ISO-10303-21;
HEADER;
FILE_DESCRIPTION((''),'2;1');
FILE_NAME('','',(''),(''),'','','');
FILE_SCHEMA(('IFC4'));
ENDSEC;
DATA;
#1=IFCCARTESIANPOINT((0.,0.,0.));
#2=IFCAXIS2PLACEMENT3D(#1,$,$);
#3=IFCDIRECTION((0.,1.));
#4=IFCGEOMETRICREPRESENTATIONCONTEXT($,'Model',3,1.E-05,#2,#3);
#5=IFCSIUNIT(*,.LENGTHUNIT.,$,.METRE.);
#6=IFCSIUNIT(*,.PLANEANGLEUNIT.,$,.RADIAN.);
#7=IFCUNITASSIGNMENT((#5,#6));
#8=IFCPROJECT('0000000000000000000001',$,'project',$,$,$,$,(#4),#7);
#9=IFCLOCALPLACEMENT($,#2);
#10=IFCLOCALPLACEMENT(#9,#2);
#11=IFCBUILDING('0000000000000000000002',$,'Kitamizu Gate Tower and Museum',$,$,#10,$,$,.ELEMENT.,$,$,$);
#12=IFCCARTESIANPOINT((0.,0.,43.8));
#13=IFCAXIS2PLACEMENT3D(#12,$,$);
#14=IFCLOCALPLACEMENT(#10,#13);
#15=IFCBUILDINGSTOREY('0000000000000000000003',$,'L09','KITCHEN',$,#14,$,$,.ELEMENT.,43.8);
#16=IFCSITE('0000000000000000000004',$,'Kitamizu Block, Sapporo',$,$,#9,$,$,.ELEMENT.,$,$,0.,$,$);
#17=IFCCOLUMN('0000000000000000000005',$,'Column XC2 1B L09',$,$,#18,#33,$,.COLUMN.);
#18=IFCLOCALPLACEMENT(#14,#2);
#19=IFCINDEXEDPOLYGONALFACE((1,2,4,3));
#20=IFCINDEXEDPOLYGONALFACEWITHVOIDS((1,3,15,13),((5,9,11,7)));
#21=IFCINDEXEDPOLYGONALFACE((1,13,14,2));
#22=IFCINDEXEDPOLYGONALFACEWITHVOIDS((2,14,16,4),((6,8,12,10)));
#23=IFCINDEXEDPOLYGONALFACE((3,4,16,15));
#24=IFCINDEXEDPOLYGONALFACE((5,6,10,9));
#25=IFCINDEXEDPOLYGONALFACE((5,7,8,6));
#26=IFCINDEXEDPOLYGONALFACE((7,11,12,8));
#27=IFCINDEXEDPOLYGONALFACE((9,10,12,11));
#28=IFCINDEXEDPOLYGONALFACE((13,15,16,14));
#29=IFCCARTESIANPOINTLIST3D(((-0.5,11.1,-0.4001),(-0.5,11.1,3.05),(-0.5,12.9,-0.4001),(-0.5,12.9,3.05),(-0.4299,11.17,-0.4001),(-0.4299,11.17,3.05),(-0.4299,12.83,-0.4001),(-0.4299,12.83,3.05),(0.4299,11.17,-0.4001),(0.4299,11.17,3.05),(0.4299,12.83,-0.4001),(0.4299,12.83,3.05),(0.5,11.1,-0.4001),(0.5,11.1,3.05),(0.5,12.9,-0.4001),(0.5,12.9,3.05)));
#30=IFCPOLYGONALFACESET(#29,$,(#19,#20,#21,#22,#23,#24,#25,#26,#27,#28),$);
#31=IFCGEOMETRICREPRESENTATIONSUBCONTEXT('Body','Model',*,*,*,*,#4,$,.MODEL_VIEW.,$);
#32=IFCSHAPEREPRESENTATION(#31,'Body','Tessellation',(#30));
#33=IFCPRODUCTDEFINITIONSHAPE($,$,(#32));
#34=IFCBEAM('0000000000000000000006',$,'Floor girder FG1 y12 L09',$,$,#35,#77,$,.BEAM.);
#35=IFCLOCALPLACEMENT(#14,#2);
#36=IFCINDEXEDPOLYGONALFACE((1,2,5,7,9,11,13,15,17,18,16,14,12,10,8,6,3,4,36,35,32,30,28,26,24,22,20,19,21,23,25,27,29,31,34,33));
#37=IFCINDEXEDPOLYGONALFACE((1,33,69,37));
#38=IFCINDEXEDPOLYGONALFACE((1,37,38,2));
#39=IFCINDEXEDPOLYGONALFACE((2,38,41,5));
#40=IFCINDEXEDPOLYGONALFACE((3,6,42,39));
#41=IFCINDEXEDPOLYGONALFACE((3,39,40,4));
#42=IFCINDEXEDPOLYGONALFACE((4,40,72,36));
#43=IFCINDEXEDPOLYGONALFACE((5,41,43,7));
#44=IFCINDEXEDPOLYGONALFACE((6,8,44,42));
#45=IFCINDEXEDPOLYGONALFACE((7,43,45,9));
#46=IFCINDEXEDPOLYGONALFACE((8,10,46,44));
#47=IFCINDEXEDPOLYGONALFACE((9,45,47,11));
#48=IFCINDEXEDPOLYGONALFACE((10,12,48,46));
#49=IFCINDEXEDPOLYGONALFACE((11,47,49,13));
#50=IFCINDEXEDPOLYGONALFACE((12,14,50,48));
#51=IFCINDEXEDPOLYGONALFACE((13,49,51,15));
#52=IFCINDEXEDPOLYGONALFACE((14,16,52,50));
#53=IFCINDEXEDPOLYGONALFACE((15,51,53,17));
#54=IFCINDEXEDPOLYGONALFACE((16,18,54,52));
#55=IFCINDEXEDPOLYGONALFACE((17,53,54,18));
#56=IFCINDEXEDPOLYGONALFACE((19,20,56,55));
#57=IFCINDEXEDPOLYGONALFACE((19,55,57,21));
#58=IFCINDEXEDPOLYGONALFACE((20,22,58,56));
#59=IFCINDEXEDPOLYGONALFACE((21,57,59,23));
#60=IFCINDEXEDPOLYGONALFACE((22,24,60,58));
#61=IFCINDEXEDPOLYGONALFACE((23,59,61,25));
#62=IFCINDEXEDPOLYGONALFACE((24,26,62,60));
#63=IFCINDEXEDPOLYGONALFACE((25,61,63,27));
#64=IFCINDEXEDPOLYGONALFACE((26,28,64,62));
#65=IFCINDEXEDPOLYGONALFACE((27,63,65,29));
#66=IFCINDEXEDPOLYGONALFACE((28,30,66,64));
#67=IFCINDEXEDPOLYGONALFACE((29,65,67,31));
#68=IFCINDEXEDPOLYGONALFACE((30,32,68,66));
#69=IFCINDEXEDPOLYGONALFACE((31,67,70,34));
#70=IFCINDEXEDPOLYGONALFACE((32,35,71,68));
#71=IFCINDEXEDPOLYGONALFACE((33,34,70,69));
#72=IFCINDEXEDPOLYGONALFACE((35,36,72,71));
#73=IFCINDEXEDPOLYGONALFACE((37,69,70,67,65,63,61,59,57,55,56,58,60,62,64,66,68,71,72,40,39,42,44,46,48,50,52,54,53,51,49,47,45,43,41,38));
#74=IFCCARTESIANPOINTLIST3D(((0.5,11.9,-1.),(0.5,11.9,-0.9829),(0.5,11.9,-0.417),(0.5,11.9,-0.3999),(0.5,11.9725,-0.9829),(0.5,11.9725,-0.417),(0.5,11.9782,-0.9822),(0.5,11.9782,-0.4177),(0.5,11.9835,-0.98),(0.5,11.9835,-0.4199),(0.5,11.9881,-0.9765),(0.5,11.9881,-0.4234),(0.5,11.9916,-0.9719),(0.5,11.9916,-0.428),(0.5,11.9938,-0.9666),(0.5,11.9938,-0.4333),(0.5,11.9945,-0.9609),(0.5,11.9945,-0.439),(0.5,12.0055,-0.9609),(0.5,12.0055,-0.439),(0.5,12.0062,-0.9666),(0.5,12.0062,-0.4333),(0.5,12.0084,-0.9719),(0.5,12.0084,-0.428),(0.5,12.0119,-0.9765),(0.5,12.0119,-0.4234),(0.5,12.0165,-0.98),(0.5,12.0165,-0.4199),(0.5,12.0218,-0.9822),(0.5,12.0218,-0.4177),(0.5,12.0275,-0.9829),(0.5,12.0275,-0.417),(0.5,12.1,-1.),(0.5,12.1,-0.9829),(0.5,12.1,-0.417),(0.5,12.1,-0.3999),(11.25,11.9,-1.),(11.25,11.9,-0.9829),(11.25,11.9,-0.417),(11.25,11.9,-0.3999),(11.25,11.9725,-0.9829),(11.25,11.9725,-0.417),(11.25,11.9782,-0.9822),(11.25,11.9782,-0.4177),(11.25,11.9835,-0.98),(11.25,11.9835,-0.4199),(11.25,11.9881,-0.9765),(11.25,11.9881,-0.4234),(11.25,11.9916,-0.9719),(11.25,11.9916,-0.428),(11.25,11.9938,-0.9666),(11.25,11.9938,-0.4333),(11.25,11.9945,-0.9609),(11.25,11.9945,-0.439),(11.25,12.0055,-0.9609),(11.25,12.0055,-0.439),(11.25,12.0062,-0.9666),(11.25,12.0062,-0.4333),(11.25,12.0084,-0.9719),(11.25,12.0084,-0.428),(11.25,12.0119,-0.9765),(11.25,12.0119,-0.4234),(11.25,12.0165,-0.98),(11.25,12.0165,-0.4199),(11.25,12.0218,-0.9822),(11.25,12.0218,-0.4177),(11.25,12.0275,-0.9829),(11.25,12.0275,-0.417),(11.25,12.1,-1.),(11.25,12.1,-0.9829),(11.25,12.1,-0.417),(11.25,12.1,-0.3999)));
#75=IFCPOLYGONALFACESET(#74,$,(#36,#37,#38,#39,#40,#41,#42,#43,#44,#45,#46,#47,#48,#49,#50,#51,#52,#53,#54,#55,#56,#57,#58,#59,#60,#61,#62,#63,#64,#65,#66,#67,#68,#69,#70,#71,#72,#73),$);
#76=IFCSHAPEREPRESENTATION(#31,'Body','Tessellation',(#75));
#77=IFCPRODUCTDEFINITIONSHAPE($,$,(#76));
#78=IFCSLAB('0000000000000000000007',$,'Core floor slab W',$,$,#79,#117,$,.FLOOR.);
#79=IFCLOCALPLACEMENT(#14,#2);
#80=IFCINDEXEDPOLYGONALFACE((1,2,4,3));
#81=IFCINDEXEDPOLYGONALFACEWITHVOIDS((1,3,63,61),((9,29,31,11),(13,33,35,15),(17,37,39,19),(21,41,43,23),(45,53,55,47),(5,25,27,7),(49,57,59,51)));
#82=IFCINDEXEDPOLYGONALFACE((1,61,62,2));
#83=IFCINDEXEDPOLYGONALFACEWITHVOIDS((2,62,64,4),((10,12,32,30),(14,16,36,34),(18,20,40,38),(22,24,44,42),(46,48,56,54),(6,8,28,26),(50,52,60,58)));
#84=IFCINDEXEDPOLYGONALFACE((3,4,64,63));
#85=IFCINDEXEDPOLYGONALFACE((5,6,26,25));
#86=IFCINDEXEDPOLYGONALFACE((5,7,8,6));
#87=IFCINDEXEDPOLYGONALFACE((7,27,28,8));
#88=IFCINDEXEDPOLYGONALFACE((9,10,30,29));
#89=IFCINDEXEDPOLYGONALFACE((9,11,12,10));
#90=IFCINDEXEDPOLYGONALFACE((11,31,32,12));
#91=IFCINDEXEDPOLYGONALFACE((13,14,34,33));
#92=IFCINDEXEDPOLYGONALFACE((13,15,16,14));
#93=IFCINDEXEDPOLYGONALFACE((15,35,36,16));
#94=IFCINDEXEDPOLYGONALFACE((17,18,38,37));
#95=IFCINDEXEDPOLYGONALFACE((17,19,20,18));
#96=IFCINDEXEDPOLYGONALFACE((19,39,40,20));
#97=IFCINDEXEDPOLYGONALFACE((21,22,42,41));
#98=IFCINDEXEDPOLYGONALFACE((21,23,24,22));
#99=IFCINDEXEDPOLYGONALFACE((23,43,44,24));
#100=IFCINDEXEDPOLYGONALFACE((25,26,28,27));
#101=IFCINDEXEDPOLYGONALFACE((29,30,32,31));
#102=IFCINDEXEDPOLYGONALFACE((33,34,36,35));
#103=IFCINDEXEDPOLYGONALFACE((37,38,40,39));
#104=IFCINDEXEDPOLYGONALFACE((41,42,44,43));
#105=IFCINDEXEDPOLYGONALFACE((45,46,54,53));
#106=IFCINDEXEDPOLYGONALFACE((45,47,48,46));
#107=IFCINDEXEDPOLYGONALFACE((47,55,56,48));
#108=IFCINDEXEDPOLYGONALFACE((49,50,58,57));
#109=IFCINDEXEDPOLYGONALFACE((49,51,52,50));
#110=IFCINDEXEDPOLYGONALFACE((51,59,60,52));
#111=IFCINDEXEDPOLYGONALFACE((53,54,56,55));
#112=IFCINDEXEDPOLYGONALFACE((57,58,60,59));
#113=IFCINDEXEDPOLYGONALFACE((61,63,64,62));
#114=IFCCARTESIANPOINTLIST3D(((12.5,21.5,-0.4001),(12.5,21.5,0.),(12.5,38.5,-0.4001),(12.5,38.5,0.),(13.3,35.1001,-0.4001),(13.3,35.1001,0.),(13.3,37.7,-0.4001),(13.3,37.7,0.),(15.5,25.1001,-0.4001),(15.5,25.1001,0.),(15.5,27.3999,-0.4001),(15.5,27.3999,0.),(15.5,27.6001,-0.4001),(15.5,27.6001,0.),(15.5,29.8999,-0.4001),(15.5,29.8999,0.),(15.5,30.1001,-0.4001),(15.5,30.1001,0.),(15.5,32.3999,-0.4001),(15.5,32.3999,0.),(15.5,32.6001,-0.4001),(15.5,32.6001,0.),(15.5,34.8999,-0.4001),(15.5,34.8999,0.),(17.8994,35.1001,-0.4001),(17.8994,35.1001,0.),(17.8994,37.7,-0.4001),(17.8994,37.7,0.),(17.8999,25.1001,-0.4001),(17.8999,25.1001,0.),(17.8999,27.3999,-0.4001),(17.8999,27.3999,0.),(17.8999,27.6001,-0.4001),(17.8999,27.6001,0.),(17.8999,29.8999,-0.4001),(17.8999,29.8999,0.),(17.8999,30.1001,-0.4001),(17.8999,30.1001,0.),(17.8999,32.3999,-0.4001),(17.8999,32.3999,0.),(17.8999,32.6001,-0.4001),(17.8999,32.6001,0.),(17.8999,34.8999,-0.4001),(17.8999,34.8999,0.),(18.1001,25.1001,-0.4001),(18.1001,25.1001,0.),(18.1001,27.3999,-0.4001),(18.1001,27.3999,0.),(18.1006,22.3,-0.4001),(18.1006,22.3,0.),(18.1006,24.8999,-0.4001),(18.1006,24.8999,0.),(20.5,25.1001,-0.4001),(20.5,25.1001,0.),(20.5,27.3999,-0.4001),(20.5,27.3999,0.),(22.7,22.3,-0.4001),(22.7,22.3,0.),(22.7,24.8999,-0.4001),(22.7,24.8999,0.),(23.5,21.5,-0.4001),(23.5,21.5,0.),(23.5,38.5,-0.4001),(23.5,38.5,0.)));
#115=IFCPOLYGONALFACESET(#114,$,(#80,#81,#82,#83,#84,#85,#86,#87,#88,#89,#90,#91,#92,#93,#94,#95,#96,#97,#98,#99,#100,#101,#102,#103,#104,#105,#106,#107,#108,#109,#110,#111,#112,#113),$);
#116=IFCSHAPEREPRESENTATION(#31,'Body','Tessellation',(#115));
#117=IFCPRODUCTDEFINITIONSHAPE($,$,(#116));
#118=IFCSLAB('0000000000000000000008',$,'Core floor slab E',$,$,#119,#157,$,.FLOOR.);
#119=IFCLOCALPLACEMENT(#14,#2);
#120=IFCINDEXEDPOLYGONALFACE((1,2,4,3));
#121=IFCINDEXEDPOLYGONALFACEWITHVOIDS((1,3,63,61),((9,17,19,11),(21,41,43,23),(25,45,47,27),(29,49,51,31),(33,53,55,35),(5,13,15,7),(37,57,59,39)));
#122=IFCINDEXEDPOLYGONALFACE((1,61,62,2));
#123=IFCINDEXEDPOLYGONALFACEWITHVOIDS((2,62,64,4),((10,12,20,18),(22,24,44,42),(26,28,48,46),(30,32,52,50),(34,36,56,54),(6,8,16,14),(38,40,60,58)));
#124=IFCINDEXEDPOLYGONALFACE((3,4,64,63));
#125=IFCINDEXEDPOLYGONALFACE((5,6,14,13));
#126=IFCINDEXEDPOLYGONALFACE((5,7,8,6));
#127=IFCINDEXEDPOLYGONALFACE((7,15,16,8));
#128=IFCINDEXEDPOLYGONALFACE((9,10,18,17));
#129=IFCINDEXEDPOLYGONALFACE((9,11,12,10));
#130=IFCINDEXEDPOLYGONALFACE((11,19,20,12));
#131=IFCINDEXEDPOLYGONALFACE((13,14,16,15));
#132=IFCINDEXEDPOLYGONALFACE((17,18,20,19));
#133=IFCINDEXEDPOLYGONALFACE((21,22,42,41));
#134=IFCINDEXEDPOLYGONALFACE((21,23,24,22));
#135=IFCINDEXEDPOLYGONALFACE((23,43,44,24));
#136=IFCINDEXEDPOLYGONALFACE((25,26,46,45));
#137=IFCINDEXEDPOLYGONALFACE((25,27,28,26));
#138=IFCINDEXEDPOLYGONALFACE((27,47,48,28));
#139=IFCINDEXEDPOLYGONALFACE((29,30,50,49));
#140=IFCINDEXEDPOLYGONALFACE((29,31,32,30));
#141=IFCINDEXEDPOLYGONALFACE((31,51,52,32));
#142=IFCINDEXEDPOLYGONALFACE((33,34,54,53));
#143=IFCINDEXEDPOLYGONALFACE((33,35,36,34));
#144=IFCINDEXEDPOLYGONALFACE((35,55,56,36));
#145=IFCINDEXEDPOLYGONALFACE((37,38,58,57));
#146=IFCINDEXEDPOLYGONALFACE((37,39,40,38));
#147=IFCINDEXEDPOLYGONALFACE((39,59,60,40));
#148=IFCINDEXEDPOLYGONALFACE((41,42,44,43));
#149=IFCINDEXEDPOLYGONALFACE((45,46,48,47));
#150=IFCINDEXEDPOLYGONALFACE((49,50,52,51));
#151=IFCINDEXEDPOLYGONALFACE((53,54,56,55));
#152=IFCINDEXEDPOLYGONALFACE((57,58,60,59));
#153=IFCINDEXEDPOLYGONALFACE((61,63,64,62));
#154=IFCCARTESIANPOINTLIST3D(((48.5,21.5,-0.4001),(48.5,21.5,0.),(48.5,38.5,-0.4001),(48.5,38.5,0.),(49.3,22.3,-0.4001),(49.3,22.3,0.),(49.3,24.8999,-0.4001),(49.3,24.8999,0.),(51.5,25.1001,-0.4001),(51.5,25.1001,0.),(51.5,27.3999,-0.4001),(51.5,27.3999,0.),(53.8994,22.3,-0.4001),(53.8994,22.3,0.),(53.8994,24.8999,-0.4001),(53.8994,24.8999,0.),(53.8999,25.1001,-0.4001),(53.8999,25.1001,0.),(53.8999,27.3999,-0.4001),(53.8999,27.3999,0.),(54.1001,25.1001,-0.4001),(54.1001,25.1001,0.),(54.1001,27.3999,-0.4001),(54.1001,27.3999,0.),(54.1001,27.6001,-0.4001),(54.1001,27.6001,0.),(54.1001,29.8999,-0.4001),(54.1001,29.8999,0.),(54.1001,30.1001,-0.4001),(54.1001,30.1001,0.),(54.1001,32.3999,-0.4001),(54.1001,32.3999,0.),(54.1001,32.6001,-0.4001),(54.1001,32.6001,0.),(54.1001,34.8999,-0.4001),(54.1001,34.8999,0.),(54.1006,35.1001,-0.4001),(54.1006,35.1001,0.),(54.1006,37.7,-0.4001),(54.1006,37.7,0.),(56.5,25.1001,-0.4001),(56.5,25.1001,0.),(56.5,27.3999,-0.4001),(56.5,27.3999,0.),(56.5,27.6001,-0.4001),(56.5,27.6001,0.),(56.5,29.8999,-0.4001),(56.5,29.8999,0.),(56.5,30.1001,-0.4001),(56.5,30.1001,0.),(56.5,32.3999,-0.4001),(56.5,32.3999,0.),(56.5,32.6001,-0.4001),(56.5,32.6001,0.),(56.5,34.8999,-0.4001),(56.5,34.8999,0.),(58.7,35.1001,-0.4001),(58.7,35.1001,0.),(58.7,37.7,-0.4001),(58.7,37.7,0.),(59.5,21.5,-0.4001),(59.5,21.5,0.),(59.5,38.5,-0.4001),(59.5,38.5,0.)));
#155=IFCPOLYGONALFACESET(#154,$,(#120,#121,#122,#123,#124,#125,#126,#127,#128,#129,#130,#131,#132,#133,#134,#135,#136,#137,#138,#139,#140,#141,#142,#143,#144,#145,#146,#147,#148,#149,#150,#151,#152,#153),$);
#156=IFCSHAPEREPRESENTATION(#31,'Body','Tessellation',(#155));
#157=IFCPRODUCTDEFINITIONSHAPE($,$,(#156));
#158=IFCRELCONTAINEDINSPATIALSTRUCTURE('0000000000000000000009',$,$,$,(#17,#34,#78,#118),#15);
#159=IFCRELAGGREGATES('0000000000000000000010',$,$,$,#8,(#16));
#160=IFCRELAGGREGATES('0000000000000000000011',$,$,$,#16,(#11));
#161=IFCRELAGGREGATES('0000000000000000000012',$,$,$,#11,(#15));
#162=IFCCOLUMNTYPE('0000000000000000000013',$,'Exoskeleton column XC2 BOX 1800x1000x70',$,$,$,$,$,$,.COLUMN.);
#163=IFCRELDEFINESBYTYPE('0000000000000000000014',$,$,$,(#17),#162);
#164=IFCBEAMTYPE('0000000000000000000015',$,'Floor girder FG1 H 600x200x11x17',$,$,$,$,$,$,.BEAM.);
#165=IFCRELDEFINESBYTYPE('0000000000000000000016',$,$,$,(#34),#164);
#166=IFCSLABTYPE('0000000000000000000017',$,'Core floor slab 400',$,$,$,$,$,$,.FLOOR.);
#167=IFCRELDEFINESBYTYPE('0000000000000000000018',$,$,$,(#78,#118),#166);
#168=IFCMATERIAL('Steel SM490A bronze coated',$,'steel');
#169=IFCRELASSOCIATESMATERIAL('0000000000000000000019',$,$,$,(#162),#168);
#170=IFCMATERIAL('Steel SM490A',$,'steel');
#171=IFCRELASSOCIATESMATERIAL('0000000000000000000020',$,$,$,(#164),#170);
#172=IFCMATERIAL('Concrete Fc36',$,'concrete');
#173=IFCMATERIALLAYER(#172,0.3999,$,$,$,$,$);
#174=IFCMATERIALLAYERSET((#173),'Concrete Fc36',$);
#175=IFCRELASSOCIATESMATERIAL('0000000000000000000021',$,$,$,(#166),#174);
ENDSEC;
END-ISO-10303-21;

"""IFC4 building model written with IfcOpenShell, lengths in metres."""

from ifc_helpers import new_model, si_unit, direction, frame, origin, origin_2d, place, context, subcontext, project, spatial, polyline, hollow_rectangle, i_section, outline, extrude, material, layer, layer_set, material_profile, profile_set, type_object, element, save


model = new_model("IFC4")

# Units and contexts
model_context = context("Model", 3, precision=1e-05, world=origin(), true_north=direction((0.0, 1.0)))
body_context = subcontext(model_context, "Body", "Model", "MODEL_VIEW")
ifc_project = project(units=[si_unit("LENGTHUNIT", "METRE"), si_unit("PLANEANGLEUNIT", "RADIAN")], contexts=[model_context])

# Site, building, storey
site_placement = place(None, origin())
site = spatial("IfcSite", under=ifc_project, at=site_placement, Name="Kitamizu Block, Sapporo", CompositionType="ELEMENT", RefElevation=0.0)
building_placement = place(site_placement, origin())
building = spatial("IfcBuilding", under=site, at=building_placement, Name="Kitamizu Gate Tower and Museum", CompositionType="ELEMENT")
storey_placement = place(building_placement, frame((0.0, 0.0, 43.8)))
storey = spatial("IfcBuildingStorey", under=building, at=storey_placement, Name="L09", Description="KITCHEN", CompositionType="ELEMENT", Elevation=43.8)

# Column
ifc_material_1 = material(Name="Steel SM490A bronze coated", Category="steel")
ifc_material_profile_1 = material_profile(ifc_material_1, hollow_rectangle(XDim=1.8, YDim=1.0, WallThickness=0.0701, at=origin_2d()), Name="BOX 1800x1000x70")
ifc_profile_set_1 = profile_set([ifc_material_profile_1], Name="Steel SM490A bronze coated")
column_type = type_object("IfcColumnType", Name="Exoskeleton column XC2 BOX 1800x1000x70", PredefinedType="COLUMN", material=ifc_profile_set_1)
column_placement = place(storey_placement, frame((0.0, 12.0, -0.4001), z_axis=(0.0, 0.0, 1.0), x_axis=(0.0, 1.0, 0.0)))
element("IfcColumn", 1, at=column_placement, inside=storey, type_object=column_type, Name="Column XC2 1B L09", PredefinedType="COLUMN", context=body_context, shape_type="SweptSolid", body=[
    extrude(hollow_rectangle(XDim=1.8, YDim=1.0, WallThickness=0.0701, at=origin_2d()), origin(), (0.0, 0.0, 1.0), 3.4502),
])

# Beam
ifc_material_2 = material(Name="Steel SM490A", Category="steel")
ifc_material_profile_2 = material_profile(ifc_material_2, i_section(OverallWidth=0.2, OverallDepth=0.6001, WebThickness=0.011, FlangeThickness=0.0171, FilletRadius=0.022, at=origin_2d()), Name="H-600x200x11x17")
ifc_profile_set_2 = profile_set([ifc_material_profile_2], Name="Steel SM490A")
beam_type = type_object("IfcBeamType", Name="Floor girder FG1 H 600x200x11x17", PredefinedType="BEAM", material=ifc_profile_set_2)
beam_placement = place(storey_placement, frame((0.5, 12.0, -0.7), z_axis=(1.0, 0.0, 0.0), x_axis=(0.0, 1.0, 0.0)))
element("IfcBeam", 2, at=beam_placement, inside=storey, type_object=beam_type, Name="Floor girder FG1 y12 L09", PredefinedType="BEAM", context=body_context, shape_type="SweptSolid", body=[
    extrude(i_section(OverallWidth=0.2, OverallDepth=0.6001, WebThickness=0.011, FlangeThickness=0.0171, FilletRadius=0.022, at=origin_2d()), origin(), (0.0, 0.0, 1.0), 10.75),
])

# Slabs
ifc_material_3 = material(Name="Concrete Fc36", Category="concrete")
ifc_layer_1 = layer(ifc_material_3, 0.3999)
ifc_layer_set_1 = layer_set([ifc_layer_1], Name="Concrete Fc36")
slab_type_1 = type_object("IfcSlabType", Name="Core floor slab 400", PredefinedType="FLOOR", material=ifc_layer_set_1)
slab_1_placement = place(storey_placement, frame((0.0, 0.0, -0.4001)))
element("IfcSlab", 3, at=slab_1_placement, inside=storey, type_object=slab_type_1, Name="Core floor slab W", PredefinedType="FLOOR", context=body_context, shape_type="SweptSolid", body=[
    extrude(outline(polyline([(12.5, 21.5), (23.5, 21.5), (23.5, 38.5), (12.5, 38.5), (12.5, 21.5)]), holes=[polyline([(15.5, 25.1001), (17.8999, 25.1001), (17.8999, 27.3999), (15.5, 27.3999), (15.5, 25.1001)]), polyline([(15.5, 27.6001), (17.8999, 27.6001), (17.8999, 29.8999), (15.5, 29.8999), (15.5, 27.6001)]), polyline([(15.5, 30.1001), (17.8999, 30.1001), (17.8999, 32.3999), (15.5, 32.3999), (15.5, 30.1001)]), polyline([(15.5, 32.6001), (17.8999, 32.6001), (17.8999, 34.8999), (15.5, 34.8999), (15.5, 32.6001)]), polyline([(18.1001, 25.1001), (20.5, 25.1001), (20.5, 27.3999), (18.1001, 27.3999), (18.1001, 25.1001)]), polyline([(18.1006, 22.3), (22.7, 22.3), (22.7, 24.8999), (18.1006, 24.8999), (18.1006, 22.3)]), polyline([(13.3, 35.1001), (17.8994, 35.1001), (17.8994, 37.7), (13.3, 37.7), (13.3, 35.1001)])]), origin(), (0.0, 0.0, 1.0), 0.4001),
])
slab_2_placement = place(storey_placement, frame((0.0, 0.0, -0.4001)))
element("IfcSlab", 4, at=slab_2_placement, inside=storey, type_object=slab_type_1, Name="Core floor slab E", PredefinedType="FLOOR", context=body_context, shape_type="SweptSolid", body=[
    extrude(outline(polyline([(48.5, 21.5), (59.5, 21.5), (59.5, 38.5), (48.5, 38.5), (48.5, 21.5)]), holes=[polyline([(54.1001, 25.1001), (56.5, 25.1001), (56.5, 27.3999), (54.1001, 27.3999), (54.1001, 25.1001)]), polyline([(54.1001, 27.6001), (56.5, 27.6001), (56.5, 29.8999), (54.1001, 29.8999), (54.1001, 27.6001)]), polyline([(54.1001, 30.1001), (56.5, 30.1001), (56.5, 32.3999), (54.1001, 32.3999), (54.1001, 30.1001)]), polyline([(54.1001, 32.6001), (56.5, 32.6001), (56.5, 34.8999), (54.1001, 34.8999), (54.1001, 32.6001)]), polyline([(51.5, 25.1001), (53.8999, 25.1001), (53.8999, 27.3999), (51.5, 27.3999), (51.5, 25.1001)]), polyline([(49.3, 22.3), (53.8994, 22.3), (53.8994, 24.8999), (49.3, 24.8999), (49.3, 22.3)]), polyline([(54.1006, 35.1001), (58.7, 35.1001), (58.7, 37.7), (54.1006, 37.7), (54.1006, 35.1001)])]), origin(), (0.0, 0.0, 1.0), 0.4001),
])

save(model, "model.ifc")
